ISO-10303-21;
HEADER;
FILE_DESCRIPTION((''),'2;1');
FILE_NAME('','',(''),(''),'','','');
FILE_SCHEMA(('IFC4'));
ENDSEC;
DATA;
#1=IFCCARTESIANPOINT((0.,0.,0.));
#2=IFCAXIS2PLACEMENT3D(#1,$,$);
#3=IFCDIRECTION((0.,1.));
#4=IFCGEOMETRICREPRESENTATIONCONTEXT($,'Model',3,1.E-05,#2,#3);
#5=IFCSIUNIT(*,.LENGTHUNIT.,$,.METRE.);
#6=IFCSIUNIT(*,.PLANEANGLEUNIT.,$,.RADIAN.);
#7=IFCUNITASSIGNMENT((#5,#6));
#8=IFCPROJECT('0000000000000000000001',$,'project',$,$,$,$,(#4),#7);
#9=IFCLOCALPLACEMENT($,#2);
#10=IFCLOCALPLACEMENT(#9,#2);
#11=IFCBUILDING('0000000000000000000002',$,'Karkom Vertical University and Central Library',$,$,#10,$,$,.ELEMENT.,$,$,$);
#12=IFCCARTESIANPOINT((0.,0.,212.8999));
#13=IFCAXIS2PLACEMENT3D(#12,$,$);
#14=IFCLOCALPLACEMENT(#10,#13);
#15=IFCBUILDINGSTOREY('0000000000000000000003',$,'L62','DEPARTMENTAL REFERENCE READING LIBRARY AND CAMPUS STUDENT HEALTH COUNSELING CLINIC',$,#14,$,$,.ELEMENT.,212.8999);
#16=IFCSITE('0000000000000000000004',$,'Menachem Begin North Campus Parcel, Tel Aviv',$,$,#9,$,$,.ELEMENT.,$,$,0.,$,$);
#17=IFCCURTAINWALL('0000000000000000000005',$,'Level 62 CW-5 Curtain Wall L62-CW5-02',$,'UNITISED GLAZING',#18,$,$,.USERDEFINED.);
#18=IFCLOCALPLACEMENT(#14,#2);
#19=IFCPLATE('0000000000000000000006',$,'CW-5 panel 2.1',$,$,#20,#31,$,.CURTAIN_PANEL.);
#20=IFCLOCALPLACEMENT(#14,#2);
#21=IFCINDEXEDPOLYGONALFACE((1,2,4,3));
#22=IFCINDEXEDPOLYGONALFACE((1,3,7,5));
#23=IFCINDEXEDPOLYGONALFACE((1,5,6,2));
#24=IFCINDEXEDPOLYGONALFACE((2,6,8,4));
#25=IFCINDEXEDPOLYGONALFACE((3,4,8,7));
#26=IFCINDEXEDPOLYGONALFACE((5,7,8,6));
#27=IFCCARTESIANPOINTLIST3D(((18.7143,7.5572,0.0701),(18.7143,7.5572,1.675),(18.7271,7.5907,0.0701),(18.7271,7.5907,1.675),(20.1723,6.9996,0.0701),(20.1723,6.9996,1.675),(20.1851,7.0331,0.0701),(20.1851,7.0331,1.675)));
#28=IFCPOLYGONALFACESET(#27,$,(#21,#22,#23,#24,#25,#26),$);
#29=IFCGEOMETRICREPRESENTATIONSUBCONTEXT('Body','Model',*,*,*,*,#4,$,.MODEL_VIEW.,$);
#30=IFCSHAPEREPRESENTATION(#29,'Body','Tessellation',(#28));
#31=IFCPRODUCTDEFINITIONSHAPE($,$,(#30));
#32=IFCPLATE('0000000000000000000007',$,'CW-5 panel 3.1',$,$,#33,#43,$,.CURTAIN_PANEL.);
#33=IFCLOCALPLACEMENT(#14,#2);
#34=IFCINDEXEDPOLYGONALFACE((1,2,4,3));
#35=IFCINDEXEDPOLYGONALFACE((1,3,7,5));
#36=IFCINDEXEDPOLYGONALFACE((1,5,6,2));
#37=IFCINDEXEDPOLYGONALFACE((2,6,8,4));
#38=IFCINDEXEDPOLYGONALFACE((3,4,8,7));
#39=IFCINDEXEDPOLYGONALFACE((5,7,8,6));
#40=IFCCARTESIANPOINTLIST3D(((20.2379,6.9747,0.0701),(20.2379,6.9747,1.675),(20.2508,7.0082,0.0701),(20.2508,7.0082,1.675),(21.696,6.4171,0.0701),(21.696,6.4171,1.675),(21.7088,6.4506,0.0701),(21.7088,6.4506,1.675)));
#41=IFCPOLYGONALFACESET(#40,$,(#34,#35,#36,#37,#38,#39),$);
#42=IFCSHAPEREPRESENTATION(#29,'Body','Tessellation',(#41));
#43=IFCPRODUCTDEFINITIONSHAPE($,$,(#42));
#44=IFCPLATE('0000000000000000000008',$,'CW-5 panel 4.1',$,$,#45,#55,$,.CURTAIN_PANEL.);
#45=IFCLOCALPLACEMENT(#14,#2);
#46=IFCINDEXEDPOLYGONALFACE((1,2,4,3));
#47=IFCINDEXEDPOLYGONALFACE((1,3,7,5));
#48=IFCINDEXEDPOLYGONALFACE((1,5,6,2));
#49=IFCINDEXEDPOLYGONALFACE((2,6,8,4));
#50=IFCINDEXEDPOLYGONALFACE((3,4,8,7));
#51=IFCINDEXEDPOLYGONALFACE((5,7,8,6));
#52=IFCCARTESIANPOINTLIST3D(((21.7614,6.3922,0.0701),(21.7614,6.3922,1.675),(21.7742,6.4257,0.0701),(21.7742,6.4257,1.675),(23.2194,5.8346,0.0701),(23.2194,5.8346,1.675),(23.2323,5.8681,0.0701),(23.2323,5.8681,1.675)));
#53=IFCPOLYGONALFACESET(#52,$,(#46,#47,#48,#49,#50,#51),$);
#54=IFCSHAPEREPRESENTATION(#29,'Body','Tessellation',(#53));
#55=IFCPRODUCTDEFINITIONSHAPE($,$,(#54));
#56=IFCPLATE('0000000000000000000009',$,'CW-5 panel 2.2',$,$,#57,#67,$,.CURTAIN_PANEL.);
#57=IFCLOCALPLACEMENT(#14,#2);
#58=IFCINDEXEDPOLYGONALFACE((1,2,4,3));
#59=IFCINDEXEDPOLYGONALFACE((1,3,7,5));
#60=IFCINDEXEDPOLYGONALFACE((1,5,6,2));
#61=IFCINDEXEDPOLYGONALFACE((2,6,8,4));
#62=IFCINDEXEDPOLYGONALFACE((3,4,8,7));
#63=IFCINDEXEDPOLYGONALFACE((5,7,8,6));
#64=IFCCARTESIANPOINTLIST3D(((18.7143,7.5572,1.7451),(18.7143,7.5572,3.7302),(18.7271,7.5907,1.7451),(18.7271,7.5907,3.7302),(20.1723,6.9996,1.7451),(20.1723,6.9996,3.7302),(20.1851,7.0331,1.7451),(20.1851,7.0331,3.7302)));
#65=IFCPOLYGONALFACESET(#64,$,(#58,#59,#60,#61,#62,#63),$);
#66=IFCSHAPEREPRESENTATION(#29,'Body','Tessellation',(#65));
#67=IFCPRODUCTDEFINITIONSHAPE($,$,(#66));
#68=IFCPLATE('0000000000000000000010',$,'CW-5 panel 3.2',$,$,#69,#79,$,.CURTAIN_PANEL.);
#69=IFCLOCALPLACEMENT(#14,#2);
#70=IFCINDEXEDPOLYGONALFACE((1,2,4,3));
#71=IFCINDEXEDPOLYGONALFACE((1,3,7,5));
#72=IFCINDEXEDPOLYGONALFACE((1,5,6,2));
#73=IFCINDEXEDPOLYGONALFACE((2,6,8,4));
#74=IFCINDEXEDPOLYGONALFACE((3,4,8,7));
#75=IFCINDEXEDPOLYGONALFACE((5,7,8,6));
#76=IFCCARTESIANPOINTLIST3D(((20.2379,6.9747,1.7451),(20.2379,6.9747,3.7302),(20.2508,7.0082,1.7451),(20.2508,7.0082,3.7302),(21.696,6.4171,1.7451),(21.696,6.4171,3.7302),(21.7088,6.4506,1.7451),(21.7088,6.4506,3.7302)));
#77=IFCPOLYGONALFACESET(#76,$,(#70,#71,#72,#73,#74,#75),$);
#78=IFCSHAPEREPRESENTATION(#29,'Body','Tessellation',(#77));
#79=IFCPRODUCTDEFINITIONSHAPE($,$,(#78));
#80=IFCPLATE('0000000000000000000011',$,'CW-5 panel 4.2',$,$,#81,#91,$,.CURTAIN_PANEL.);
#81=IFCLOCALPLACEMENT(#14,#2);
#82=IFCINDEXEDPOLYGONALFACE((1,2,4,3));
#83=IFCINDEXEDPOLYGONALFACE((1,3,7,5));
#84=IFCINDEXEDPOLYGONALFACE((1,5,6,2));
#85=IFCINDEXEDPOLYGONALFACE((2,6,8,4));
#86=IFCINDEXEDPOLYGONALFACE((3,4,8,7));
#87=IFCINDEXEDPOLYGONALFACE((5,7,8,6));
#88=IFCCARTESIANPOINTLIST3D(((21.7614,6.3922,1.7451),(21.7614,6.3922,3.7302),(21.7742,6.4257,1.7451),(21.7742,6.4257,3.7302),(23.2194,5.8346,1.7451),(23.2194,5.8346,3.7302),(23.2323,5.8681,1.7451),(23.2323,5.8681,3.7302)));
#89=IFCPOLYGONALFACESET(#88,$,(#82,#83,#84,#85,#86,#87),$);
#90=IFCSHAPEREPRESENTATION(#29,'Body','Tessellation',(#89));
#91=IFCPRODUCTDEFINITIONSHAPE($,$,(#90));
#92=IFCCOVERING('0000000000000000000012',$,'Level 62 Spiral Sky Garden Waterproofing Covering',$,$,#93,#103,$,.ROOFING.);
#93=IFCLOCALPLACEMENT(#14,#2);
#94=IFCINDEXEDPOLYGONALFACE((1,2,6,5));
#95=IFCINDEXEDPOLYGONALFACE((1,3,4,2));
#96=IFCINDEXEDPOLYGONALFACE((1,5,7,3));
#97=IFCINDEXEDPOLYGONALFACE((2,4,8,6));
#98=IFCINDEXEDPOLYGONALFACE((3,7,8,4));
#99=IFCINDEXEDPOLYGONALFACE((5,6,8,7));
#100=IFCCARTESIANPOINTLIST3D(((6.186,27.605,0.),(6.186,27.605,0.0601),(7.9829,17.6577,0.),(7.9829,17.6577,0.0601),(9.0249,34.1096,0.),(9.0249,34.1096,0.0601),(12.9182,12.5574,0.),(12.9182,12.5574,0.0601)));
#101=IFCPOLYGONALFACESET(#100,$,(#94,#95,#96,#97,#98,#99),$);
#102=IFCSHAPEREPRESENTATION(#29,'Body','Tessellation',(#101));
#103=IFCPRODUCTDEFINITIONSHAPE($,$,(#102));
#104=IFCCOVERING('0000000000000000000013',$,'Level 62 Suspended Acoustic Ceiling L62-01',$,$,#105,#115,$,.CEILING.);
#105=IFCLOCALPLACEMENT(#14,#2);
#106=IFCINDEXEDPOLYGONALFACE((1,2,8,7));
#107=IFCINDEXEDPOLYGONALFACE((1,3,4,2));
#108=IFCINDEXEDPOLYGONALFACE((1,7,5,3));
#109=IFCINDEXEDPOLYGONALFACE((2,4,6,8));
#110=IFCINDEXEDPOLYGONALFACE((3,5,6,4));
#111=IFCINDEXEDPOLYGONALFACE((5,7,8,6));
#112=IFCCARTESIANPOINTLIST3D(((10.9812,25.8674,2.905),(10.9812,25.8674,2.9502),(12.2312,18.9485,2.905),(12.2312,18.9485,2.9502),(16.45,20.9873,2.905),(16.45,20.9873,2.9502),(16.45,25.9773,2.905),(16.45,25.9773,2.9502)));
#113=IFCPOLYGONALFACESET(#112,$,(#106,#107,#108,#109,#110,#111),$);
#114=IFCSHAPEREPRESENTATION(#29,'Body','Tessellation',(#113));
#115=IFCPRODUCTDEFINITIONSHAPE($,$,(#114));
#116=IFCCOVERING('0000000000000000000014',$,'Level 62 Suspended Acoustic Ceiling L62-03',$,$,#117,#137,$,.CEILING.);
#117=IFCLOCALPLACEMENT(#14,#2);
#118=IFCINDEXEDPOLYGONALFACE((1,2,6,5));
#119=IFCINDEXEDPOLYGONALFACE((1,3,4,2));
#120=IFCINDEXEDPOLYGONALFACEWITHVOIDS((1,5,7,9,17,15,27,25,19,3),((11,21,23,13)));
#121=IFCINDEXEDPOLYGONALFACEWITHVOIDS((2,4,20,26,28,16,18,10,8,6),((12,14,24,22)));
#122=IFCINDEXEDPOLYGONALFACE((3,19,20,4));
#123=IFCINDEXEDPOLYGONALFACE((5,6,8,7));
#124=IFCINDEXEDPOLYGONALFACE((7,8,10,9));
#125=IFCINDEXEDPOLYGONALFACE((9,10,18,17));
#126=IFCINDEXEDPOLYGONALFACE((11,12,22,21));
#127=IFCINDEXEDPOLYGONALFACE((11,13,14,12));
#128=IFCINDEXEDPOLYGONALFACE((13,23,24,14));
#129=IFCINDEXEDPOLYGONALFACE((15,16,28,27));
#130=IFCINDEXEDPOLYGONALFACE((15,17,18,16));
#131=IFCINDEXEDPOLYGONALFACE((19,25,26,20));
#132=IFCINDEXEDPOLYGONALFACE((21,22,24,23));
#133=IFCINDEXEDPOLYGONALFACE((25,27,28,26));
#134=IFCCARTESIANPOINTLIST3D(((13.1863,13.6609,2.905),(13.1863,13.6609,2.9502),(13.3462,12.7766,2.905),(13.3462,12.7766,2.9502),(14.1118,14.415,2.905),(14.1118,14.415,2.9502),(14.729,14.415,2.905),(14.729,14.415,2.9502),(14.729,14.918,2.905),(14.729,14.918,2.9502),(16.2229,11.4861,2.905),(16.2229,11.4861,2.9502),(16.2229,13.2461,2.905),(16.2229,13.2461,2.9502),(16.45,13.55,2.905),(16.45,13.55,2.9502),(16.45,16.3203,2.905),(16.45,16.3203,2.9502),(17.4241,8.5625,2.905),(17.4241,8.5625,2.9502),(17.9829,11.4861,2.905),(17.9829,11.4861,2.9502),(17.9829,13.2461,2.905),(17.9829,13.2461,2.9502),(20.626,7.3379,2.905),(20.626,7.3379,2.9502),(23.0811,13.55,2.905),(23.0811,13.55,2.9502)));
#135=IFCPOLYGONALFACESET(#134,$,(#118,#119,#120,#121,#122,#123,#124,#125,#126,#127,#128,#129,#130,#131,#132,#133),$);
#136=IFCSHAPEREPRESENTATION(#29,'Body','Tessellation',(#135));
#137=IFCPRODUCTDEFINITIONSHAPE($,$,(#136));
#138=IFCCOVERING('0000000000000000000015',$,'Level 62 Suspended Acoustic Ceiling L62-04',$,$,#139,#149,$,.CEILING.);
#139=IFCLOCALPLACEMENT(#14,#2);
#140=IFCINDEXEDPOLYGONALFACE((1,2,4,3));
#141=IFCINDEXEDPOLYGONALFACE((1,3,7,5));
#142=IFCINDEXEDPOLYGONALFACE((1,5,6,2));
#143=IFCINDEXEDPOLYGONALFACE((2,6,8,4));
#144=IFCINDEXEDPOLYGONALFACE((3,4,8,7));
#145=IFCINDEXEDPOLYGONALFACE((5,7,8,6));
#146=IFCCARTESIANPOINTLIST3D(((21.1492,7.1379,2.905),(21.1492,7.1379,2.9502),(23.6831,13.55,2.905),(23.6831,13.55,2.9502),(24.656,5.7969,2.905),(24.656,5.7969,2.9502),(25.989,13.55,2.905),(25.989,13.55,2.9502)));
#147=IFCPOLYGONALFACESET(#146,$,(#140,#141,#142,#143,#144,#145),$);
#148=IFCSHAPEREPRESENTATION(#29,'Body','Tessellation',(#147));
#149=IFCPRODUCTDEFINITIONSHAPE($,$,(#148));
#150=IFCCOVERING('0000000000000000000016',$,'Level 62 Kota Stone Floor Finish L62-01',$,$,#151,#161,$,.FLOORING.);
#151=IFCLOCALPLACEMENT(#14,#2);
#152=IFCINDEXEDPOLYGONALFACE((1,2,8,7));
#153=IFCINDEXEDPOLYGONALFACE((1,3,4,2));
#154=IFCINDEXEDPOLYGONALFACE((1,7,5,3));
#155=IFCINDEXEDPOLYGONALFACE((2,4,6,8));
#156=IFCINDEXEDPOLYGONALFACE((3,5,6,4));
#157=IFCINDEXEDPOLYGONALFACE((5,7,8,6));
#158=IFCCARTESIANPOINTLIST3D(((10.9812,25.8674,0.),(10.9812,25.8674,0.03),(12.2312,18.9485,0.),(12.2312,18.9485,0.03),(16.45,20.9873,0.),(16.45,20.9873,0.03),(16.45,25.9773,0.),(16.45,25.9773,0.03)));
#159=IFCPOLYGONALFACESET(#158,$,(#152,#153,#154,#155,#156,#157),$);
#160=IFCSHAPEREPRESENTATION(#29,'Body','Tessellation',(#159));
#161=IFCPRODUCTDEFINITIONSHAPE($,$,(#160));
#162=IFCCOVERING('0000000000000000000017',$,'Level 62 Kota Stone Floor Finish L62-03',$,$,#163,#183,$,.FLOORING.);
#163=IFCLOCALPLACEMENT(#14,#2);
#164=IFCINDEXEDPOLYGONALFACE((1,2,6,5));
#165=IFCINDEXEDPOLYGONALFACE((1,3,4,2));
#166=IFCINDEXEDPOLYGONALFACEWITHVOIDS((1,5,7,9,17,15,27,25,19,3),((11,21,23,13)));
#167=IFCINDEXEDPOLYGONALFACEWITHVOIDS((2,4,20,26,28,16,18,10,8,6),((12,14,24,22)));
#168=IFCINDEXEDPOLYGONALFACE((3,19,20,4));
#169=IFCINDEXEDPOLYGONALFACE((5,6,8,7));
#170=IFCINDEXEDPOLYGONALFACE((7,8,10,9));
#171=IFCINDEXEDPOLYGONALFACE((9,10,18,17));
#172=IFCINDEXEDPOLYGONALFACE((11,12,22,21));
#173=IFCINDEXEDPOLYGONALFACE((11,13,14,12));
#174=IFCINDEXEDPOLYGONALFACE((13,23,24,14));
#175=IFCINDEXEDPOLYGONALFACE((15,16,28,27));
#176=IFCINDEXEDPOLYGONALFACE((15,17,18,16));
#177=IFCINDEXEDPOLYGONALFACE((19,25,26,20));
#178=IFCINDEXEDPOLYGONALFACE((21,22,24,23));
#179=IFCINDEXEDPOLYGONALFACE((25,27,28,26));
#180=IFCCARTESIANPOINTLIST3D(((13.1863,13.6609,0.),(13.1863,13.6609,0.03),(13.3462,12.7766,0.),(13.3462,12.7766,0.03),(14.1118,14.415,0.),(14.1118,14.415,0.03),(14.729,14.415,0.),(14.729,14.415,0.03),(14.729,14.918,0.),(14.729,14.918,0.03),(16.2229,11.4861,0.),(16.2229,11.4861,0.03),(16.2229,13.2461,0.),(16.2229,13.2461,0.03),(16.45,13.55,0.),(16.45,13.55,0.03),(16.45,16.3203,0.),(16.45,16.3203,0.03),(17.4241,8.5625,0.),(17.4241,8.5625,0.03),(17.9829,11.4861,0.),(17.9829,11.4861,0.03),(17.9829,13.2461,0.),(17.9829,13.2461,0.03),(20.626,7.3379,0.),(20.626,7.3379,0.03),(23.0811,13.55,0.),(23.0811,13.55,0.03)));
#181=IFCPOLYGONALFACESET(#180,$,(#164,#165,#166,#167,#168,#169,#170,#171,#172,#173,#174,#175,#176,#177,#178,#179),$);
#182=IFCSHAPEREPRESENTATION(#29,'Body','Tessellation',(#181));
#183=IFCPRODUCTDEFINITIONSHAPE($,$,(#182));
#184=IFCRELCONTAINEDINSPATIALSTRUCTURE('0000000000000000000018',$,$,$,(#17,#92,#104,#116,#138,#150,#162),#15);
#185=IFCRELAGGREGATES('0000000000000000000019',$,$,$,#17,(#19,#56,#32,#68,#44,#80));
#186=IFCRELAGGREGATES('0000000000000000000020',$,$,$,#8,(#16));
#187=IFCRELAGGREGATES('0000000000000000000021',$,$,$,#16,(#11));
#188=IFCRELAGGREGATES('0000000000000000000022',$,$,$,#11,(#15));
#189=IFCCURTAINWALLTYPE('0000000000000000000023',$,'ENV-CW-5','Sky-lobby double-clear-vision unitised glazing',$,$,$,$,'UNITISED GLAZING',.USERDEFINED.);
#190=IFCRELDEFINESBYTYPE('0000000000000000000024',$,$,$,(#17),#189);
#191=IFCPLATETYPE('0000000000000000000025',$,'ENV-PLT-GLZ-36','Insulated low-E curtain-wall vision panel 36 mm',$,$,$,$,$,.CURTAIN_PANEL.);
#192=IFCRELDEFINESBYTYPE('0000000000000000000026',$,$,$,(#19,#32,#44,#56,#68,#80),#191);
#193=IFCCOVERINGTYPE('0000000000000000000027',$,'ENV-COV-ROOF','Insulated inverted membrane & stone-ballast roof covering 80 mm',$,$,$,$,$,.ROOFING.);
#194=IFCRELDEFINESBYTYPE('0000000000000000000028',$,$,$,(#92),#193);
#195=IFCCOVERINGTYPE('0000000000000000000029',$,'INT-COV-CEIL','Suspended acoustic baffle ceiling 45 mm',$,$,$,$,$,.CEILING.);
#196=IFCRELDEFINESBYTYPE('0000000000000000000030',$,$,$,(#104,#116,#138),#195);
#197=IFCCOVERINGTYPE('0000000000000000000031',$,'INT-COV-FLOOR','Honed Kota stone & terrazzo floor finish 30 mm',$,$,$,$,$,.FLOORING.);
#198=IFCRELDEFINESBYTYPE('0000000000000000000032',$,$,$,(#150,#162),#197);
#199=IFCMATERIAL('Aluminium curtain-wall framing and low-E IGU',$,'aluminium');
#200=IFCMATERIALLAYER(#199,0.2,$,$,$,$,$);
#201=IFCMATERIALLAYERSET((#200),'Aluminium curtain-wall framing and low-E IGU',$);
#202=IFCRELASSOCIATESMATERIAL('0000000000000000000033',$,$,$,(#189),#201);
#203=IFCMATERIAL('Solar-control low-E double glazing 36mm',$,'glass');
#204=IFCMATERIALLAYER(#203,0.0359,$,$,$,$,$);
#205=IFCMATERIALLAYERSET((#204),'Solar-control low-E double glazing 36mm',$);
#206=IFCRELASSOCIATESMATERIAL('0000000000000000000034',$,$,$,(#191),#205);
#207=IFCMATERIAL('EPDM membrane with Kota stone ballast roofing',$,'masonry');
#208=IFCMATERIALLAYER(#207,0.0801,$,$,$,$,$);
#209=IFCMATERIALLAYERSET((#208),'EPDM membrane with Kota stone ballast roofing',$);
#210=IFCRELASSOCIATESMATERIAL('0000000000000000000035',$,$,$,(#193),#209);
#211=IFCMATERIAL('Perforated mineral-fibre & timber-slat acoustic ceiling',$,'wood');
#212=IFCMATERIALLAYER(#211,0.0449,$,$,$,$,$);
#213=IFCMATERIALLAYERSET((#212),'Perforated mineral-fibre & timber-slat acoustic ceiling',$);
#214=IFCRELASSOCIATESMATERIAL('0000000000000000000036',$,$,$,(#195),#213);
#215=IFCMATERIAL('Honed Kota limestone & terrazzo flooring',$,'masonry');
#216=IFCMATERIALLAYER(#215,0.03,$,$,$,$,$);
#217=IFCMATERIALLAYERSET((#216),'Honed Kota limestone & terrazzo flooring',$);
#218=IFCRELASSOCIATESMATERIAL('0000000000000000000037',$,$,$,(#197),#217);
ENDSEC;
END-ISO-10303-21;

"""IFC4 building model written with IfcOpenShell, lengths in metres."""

from ifc_helpers import new_model, si_unit, direction, frame, origin, origin_with_axes, origin_2d, place, context, subcontext, project, spatial, polyline, rectangle, outline, extrude, source, transform, mapped, material, layer, layer_set, type_object, element, aggregate, save


model = new_model("IFC4")

# Units and contexts
model_context = context("Model", 3, precision=1e-05, world=origin(), true_north=direction((0.0, 1.0)))
body_context = subcontext(model_context, "Body", "Model", "MODEL_VIEW")
ifc_project = project(units=[si_unit("LENGTHUNIT", "METRE"), si_unit("PLANEANGLEUNIT", "RADIAN")], contexts=[model_context])

# Site, building, storey
site_placement = place(None, origin())
site = spatial("IfcSite", under=ifc_project, at=site_placement, Name="Menachem Begin North Campus Parcel, Tel Aviv", CompositionType="ELEMENT", RefElevation=0.0)
building_placement = place(site_placement, origin())
building = spatial("IfcBuilding", under=site, at=building_placement, Name="Karkom Vertical University and Central Library", CompositionType="ELEMENT")
storey_placement = place(building_placement, frame((0.0, 0.0, 212.8999)))
storey = spatial("IfcBuildingStorey", under=building, at=storey_placement, Name="L62", Description="DEPARTMENTAL REFERENCE READING LIBRARY AND CAMPUS STUDENT HEALTH COUNSELING CLINIC", CompositionType="ELEMENT", Elevation=212.8999)

# Curtain wall
ifc_material_1 = material(Name="Aluminium curtain-wall framing and low-E IGU", Category="aluminium")
ifc_layer_1 = layer(ifc_material_1, 0.2)
ifc_layer_set_1 = layer_set([ifc_layer_1], Name="Aluminium curtain-wall framing and low-E IGU")
curtain_wall_type = type_object("IfcCurtainWallType", Name="ENV-CW-5", Description="Sky-lobby double-clear-vision unitised glazing", ElementType="UNITISED GLAZING", PredefinedType="USERDEFINED", material=ifc_layer_set_1)
curtain_wall_placement = place(storey_placement, origin())
curtain_wall = element("IfcCurtainWall", 1, at=curtain_wall_placement, inside=storey, type_object=curtain_wall_type, Name="Level 62 CW-5 Curtain Wall L62-CW5-02", ObjectType="UNITISED GLAZING", PredefinedType="USERDEFINED")

# Plates
ifc_material_2 = material(Name="Solar-control low-E double glazing 36mm", Category="glass")
ifc_layer_2 = layer(ifc_material_2, 0.0359)
ifc_layer_set_2 = layer_set([ifc_layer_2], Name="Solar-control low-E double glazing 36mm")
plate_type = type_object("IfcPlateType", Name="ENV-PLT-GLZ-36", Description="Insulated low-E curtain-wall vision panel 36 mm", PredefinedType="CURTAIN_PANEL", material=ifc_layer_set_2)
shared_shape_1 = source(origin_with_axes(), body_context, "Body", "SweptSolid", [
    extrude(rectangle(XDim=1.561, YDim=0.0359, at=origin_2d()), origin(), (0.0, 0.0, 1.0), 1.605),
])
plate_1_placement = place(storey_placement, frame((19.4497, 7.2952, 0.0701), z_axis=(0.0, 0.0, 1.0), x_axis=(0.934035, -0.357182, 0.0)))
plate_1 = element("IfcPlate", 2, at=plate_1_placement, type_object=plate_type, Name="CW-5 panel 2.1", PredefinedType="CURTAIN_PANEL", context=body_context, shape_type="MappedRepresentation", body=[
    mapped(shared_shape_1, transform((0.0, 0.0, 0.0), scale=1.0)),
])
plate_2_placement = place(storey_placement, frame((20.9734, 6.7126, 0.0701), z_axis=(0.0, 0.0, 1.0), x_axis=(0.934035, -0.357182, 0.0)))
plate_2 = element("IfcPlate", 3, at=plate_2_placement, type_object=plate_type, Name="CW-5 panel 3.1", PredefinedType="CURTAIN_PANEL", context=body_context, shape_type="MappedRepresentation", body=[
    mapped(shared_shape_1, transform((0.0, 0.0, 0.0), scale=1.0)),
])
plate_3_placement = place(storey_placement, frame((22.4968, 6.1301, 0.0701), z_axis=(0.0, 0.0, 1.0), x_axis=(0.934035, -0.357182, 0.0)))
plate_3 = element("IfcPlate", 4, at=plate_3_placement, type_object=plate_type, Name="CW-5 panel 4.1", PredefinedType="CURTAIN_PANEL", context=body_context, shape_type="MappedRepresentation", body=[
    mapped(shared_shape_1, transform((0.0, 0.0, 0.0), scale=1.0)),
])
shared_shape_2 = source(origin_with_axes(), body_context, "Body", "SweptSolid", [
    extrude(rectangle(XDim=1.561, YDim=0.0359, at=origin_2d()), origin(), (0.0, 0.0, 1.0), 1.9851),
])
plate_4_placement = place(storey_placement, frame((19.4497, 7.2952, 1.7451), z_axis=(0.0, 0.0, 1.0), x_axis=(0.934035, -0.357182, 0.0)))
plate_4 = element("IfcPlate", 5, at=plate_4_placement, type_object=plate_type, Name="CW-5 panel 2.2", PredefinedType="CURTAIN_PANEL", context=body_context, shape_type="MappedRepresentation", body=[
    mapped(shared_shape_2, transform((0.0, 0.0, 0.0), scale=1.0)),
])
plate_5_placement = place(storey_placement, frame((20.9734, 6.7126, 1.7451), z_axis=(0.0, 0.0, 1.0), x_axis=(0.934035, -0.357182, 0.0)))
plate_5 = element("IfcPlate", 6, at=plate_5_placement, type_object=plate_type, Name="CW-5 panel 3.2", PredefinedType="CURTAIN_PANEL", context=body_context, shape_type="MappedRepresentation", body=[
    mapped(shared_shape_2, transform((0.0, 0.0, 0.0), scale=1.0)),
])
plate_6_placement = place(storey_placement, frame((22.4968, 6.1301, 1.7451), z_axis=(0.0, 0.0, 1.0), x_axis=(0.934035, -0.357182, 0.0)))
plate_6 = element("IfcPlate", 7, at=plate_6_placement, type_object=plate_type, Name="CW-5 panel 4.2", PredefinedType="CURTAIN_PANEL", context=body_context, shape_type="MappedRepresentation", body=[
    mapped(shared_shape_2, transform((0.0, 0.0, 0.0), scale=1.0)),
])
aggregate(curtain_wall, [plate_1, plate_4, plate_2, plate_5, plate_3, plate_6])

# Coverings
ifc_material_3 = material(Name="EPDM membrane with Kota stone ballast roofing", Category="masonry")
ifc_layer_3 = layer(ifc_material_3, 0.0801)
ifc_layer_set_3 = layer_set([ifc_layer_3], Name="EPDM membrane with Kota stone ballast roofing")
covering_type_1 = type_object("IfcCoveringType", Name="ENV-COV-ROOF", Description="Insulated inverted membrane & stone-ballast roof covering 80 mm", PredefinedType="ROOFING", material=ifc_layer_set_3)
covering_1_placement = place(storey_placement, origin())
element("IfcCovering", 8, at=covering_1_placement, inside=storey, type_object=covering_type_1, Name="Level 62 Spiral Sky Garden Waterproofing Covering", PredefinedType="ROOFING", context=body_context, shape_type="SweptSolid", body=[
    extrude(outline(polyline([(7.9829, 17.6577), (12.9182, 12.5574), (9.0249, 34.1096), (6.186, 27.605), (7.9829, 17.6577)])), origin(), (0.0, 0.0, 1.0), 0.0601),
])
ifc_material_4 = material(Name="Perforated mineral-fibre & timber-slat acoustic ceiling", Category="wood")
ifc_layer_4 = layer(ifc_material_4, 0.0449)
ifc_layer_set_4 = layer_set([ifc_layer_4], Name="Perforated mineral-fibre & timber-slat acoustic ceiling")
covering_type_2 = type_object("IfcCoveringType", Name="INT-COV-CEIL", Description="Suspended acoustic baffle ceiling 45 mm", PredefinedType="CEILING", material=ifc_layer_set_4)
covering_2_placement = place(storey_placement, frame((0.0, 0.0, 2.905)))
element("IfcCovering", 9, at=covering_2_placement, inside=storey, type_object=covering_type_2, Name="Level 62 Suspended Acoustic Ceiling L62-01", PredefinedType="CEILING", context=body_context, shape_type="SweptSolid", body=[
    extrude(outline(polyline([(10.9812, 25.8674), (16.45, 25.9773), (16.45, 20.9873), (12.2312, 18.9485), (10.9812, 25.8674)])), origin(), (0.0, 0.0, 1.0), 0.0452),
])
covering_3_placement = place(storey_placement, frame((0.0, 0.0, 2.905)))
element("IfcCovering", 10, at=covering_3_placement, inside=storey, type_object=covering_type_2, Name="Level 62 Suspended Acoustic Ceiling L62-03", PredefinedType="CEILING", context=body_context, shape_type="SweptSolid", body=[
    extrude(outline(polyline([(23.0811, 13.55), (20.626, 7.3379), (17.4241, 8.5625), (13.3462, 12.7766), (13.1863, 13.6609), (14.1118, 14.415), (14.729, 14.415), (14.729, 14.918), (16.45, 16.3203), (16.45, 13.55), (23.0811, 13.55)]), holes=[polyline([(16.2229, 13.2461), (16.2229, 11.4861), (17.9829, 11.4861), (17.9829, 13.2461), (16.2229, 13.2461)])]), origin(), (0.0, 0.0, 1.0), 0.0452),
])
covering_4_placement = place(storey_placement, frame((0.0, 0.0, 2.905)))
element("IfcCovering", 11, at=covering_4_placement, inside=storey, type_object=covering_type_2, Name="Level 62 Suspended Acoustic Ceiling L62-04", PredefinedType="CEILING", context=body_context, shape_type="SweptSolid", body=[
    extrude(outline(polyline([(21.1492, 7.1379), (23.6831, 13.55), (25.989, 13.55), (24.656, 5.7969), (21.1492, 7.1379)])), origin(), (0.0, 0.0, 1.0), 0.0452),
])
ifc_material_5 = material(Name="Honed Kota limestone & terrazzo flooring", Category="masonry")
ifc_layer_5 = layer(ifc_material_5, 0.03)
ifc_layer_set_5 = layer_set([ifc_layer_5], Name="Honed Kota limestone & terrazzo flooring")
covering_type_3 = type_object("IfcCoveringType", Name="INT-COV-FLOOR", Description="Honed Kota stone & terrazzo floor finish 30 mm", PredefinedType="FLOORING", material=ifc_layer_set_5)
covering_5_placement = place(storey_placement, origin())
element("IfcCovering", 12, at=covering_5_placement, inside=storey, type_object=covering_type_3, Name="Level 62 Kota Stone Floor Finish L62-01", PredefinedType="FLOORING", context=body_context, shape_type="SweptSolid", body=[
    extrude(outline(polyline([(10.9812, 25.8674), (16.45, 25.9773), (16.45, 20.9873), (12.2312, 18.9485), (10.9812, 25.8674)])), origin(), (0.0, 0.0, 1.0), 0.03),
])
covering_6_placement = place(storey_placement, origin())
element("IfcCovering", 13, at=covering_6_placement, inside=storey, type_object=covering_type_3, Name="Level 62 Kota Stone Floor Finish L62-03", PredefinedType="FLOORING", context=body_context, shape_type="SweptSolid", body=[
    extrude(outline(polyline([(23.0811, 13.55), (20.626, 7.3379), (17.4241, 8.5625), (13.3462, 12.7766), (13.1863, 13.6609), (14.1118, 14.415), (14.729, 14.415), (14.729, 14.918), (16.45, 16.3203), (16.45, 13.55), (23.0811, 13.55)]), holes=[polyline([(16.2229, 13.2461), (16.2229, 11.4861), (17.9829, 11.4861), (17.9829, 13.2461), (16.2229, 13.2461)])]), origin(), (0.0, 0.0, 1.0), 0.03),
])

save(model, "model.ifc")
